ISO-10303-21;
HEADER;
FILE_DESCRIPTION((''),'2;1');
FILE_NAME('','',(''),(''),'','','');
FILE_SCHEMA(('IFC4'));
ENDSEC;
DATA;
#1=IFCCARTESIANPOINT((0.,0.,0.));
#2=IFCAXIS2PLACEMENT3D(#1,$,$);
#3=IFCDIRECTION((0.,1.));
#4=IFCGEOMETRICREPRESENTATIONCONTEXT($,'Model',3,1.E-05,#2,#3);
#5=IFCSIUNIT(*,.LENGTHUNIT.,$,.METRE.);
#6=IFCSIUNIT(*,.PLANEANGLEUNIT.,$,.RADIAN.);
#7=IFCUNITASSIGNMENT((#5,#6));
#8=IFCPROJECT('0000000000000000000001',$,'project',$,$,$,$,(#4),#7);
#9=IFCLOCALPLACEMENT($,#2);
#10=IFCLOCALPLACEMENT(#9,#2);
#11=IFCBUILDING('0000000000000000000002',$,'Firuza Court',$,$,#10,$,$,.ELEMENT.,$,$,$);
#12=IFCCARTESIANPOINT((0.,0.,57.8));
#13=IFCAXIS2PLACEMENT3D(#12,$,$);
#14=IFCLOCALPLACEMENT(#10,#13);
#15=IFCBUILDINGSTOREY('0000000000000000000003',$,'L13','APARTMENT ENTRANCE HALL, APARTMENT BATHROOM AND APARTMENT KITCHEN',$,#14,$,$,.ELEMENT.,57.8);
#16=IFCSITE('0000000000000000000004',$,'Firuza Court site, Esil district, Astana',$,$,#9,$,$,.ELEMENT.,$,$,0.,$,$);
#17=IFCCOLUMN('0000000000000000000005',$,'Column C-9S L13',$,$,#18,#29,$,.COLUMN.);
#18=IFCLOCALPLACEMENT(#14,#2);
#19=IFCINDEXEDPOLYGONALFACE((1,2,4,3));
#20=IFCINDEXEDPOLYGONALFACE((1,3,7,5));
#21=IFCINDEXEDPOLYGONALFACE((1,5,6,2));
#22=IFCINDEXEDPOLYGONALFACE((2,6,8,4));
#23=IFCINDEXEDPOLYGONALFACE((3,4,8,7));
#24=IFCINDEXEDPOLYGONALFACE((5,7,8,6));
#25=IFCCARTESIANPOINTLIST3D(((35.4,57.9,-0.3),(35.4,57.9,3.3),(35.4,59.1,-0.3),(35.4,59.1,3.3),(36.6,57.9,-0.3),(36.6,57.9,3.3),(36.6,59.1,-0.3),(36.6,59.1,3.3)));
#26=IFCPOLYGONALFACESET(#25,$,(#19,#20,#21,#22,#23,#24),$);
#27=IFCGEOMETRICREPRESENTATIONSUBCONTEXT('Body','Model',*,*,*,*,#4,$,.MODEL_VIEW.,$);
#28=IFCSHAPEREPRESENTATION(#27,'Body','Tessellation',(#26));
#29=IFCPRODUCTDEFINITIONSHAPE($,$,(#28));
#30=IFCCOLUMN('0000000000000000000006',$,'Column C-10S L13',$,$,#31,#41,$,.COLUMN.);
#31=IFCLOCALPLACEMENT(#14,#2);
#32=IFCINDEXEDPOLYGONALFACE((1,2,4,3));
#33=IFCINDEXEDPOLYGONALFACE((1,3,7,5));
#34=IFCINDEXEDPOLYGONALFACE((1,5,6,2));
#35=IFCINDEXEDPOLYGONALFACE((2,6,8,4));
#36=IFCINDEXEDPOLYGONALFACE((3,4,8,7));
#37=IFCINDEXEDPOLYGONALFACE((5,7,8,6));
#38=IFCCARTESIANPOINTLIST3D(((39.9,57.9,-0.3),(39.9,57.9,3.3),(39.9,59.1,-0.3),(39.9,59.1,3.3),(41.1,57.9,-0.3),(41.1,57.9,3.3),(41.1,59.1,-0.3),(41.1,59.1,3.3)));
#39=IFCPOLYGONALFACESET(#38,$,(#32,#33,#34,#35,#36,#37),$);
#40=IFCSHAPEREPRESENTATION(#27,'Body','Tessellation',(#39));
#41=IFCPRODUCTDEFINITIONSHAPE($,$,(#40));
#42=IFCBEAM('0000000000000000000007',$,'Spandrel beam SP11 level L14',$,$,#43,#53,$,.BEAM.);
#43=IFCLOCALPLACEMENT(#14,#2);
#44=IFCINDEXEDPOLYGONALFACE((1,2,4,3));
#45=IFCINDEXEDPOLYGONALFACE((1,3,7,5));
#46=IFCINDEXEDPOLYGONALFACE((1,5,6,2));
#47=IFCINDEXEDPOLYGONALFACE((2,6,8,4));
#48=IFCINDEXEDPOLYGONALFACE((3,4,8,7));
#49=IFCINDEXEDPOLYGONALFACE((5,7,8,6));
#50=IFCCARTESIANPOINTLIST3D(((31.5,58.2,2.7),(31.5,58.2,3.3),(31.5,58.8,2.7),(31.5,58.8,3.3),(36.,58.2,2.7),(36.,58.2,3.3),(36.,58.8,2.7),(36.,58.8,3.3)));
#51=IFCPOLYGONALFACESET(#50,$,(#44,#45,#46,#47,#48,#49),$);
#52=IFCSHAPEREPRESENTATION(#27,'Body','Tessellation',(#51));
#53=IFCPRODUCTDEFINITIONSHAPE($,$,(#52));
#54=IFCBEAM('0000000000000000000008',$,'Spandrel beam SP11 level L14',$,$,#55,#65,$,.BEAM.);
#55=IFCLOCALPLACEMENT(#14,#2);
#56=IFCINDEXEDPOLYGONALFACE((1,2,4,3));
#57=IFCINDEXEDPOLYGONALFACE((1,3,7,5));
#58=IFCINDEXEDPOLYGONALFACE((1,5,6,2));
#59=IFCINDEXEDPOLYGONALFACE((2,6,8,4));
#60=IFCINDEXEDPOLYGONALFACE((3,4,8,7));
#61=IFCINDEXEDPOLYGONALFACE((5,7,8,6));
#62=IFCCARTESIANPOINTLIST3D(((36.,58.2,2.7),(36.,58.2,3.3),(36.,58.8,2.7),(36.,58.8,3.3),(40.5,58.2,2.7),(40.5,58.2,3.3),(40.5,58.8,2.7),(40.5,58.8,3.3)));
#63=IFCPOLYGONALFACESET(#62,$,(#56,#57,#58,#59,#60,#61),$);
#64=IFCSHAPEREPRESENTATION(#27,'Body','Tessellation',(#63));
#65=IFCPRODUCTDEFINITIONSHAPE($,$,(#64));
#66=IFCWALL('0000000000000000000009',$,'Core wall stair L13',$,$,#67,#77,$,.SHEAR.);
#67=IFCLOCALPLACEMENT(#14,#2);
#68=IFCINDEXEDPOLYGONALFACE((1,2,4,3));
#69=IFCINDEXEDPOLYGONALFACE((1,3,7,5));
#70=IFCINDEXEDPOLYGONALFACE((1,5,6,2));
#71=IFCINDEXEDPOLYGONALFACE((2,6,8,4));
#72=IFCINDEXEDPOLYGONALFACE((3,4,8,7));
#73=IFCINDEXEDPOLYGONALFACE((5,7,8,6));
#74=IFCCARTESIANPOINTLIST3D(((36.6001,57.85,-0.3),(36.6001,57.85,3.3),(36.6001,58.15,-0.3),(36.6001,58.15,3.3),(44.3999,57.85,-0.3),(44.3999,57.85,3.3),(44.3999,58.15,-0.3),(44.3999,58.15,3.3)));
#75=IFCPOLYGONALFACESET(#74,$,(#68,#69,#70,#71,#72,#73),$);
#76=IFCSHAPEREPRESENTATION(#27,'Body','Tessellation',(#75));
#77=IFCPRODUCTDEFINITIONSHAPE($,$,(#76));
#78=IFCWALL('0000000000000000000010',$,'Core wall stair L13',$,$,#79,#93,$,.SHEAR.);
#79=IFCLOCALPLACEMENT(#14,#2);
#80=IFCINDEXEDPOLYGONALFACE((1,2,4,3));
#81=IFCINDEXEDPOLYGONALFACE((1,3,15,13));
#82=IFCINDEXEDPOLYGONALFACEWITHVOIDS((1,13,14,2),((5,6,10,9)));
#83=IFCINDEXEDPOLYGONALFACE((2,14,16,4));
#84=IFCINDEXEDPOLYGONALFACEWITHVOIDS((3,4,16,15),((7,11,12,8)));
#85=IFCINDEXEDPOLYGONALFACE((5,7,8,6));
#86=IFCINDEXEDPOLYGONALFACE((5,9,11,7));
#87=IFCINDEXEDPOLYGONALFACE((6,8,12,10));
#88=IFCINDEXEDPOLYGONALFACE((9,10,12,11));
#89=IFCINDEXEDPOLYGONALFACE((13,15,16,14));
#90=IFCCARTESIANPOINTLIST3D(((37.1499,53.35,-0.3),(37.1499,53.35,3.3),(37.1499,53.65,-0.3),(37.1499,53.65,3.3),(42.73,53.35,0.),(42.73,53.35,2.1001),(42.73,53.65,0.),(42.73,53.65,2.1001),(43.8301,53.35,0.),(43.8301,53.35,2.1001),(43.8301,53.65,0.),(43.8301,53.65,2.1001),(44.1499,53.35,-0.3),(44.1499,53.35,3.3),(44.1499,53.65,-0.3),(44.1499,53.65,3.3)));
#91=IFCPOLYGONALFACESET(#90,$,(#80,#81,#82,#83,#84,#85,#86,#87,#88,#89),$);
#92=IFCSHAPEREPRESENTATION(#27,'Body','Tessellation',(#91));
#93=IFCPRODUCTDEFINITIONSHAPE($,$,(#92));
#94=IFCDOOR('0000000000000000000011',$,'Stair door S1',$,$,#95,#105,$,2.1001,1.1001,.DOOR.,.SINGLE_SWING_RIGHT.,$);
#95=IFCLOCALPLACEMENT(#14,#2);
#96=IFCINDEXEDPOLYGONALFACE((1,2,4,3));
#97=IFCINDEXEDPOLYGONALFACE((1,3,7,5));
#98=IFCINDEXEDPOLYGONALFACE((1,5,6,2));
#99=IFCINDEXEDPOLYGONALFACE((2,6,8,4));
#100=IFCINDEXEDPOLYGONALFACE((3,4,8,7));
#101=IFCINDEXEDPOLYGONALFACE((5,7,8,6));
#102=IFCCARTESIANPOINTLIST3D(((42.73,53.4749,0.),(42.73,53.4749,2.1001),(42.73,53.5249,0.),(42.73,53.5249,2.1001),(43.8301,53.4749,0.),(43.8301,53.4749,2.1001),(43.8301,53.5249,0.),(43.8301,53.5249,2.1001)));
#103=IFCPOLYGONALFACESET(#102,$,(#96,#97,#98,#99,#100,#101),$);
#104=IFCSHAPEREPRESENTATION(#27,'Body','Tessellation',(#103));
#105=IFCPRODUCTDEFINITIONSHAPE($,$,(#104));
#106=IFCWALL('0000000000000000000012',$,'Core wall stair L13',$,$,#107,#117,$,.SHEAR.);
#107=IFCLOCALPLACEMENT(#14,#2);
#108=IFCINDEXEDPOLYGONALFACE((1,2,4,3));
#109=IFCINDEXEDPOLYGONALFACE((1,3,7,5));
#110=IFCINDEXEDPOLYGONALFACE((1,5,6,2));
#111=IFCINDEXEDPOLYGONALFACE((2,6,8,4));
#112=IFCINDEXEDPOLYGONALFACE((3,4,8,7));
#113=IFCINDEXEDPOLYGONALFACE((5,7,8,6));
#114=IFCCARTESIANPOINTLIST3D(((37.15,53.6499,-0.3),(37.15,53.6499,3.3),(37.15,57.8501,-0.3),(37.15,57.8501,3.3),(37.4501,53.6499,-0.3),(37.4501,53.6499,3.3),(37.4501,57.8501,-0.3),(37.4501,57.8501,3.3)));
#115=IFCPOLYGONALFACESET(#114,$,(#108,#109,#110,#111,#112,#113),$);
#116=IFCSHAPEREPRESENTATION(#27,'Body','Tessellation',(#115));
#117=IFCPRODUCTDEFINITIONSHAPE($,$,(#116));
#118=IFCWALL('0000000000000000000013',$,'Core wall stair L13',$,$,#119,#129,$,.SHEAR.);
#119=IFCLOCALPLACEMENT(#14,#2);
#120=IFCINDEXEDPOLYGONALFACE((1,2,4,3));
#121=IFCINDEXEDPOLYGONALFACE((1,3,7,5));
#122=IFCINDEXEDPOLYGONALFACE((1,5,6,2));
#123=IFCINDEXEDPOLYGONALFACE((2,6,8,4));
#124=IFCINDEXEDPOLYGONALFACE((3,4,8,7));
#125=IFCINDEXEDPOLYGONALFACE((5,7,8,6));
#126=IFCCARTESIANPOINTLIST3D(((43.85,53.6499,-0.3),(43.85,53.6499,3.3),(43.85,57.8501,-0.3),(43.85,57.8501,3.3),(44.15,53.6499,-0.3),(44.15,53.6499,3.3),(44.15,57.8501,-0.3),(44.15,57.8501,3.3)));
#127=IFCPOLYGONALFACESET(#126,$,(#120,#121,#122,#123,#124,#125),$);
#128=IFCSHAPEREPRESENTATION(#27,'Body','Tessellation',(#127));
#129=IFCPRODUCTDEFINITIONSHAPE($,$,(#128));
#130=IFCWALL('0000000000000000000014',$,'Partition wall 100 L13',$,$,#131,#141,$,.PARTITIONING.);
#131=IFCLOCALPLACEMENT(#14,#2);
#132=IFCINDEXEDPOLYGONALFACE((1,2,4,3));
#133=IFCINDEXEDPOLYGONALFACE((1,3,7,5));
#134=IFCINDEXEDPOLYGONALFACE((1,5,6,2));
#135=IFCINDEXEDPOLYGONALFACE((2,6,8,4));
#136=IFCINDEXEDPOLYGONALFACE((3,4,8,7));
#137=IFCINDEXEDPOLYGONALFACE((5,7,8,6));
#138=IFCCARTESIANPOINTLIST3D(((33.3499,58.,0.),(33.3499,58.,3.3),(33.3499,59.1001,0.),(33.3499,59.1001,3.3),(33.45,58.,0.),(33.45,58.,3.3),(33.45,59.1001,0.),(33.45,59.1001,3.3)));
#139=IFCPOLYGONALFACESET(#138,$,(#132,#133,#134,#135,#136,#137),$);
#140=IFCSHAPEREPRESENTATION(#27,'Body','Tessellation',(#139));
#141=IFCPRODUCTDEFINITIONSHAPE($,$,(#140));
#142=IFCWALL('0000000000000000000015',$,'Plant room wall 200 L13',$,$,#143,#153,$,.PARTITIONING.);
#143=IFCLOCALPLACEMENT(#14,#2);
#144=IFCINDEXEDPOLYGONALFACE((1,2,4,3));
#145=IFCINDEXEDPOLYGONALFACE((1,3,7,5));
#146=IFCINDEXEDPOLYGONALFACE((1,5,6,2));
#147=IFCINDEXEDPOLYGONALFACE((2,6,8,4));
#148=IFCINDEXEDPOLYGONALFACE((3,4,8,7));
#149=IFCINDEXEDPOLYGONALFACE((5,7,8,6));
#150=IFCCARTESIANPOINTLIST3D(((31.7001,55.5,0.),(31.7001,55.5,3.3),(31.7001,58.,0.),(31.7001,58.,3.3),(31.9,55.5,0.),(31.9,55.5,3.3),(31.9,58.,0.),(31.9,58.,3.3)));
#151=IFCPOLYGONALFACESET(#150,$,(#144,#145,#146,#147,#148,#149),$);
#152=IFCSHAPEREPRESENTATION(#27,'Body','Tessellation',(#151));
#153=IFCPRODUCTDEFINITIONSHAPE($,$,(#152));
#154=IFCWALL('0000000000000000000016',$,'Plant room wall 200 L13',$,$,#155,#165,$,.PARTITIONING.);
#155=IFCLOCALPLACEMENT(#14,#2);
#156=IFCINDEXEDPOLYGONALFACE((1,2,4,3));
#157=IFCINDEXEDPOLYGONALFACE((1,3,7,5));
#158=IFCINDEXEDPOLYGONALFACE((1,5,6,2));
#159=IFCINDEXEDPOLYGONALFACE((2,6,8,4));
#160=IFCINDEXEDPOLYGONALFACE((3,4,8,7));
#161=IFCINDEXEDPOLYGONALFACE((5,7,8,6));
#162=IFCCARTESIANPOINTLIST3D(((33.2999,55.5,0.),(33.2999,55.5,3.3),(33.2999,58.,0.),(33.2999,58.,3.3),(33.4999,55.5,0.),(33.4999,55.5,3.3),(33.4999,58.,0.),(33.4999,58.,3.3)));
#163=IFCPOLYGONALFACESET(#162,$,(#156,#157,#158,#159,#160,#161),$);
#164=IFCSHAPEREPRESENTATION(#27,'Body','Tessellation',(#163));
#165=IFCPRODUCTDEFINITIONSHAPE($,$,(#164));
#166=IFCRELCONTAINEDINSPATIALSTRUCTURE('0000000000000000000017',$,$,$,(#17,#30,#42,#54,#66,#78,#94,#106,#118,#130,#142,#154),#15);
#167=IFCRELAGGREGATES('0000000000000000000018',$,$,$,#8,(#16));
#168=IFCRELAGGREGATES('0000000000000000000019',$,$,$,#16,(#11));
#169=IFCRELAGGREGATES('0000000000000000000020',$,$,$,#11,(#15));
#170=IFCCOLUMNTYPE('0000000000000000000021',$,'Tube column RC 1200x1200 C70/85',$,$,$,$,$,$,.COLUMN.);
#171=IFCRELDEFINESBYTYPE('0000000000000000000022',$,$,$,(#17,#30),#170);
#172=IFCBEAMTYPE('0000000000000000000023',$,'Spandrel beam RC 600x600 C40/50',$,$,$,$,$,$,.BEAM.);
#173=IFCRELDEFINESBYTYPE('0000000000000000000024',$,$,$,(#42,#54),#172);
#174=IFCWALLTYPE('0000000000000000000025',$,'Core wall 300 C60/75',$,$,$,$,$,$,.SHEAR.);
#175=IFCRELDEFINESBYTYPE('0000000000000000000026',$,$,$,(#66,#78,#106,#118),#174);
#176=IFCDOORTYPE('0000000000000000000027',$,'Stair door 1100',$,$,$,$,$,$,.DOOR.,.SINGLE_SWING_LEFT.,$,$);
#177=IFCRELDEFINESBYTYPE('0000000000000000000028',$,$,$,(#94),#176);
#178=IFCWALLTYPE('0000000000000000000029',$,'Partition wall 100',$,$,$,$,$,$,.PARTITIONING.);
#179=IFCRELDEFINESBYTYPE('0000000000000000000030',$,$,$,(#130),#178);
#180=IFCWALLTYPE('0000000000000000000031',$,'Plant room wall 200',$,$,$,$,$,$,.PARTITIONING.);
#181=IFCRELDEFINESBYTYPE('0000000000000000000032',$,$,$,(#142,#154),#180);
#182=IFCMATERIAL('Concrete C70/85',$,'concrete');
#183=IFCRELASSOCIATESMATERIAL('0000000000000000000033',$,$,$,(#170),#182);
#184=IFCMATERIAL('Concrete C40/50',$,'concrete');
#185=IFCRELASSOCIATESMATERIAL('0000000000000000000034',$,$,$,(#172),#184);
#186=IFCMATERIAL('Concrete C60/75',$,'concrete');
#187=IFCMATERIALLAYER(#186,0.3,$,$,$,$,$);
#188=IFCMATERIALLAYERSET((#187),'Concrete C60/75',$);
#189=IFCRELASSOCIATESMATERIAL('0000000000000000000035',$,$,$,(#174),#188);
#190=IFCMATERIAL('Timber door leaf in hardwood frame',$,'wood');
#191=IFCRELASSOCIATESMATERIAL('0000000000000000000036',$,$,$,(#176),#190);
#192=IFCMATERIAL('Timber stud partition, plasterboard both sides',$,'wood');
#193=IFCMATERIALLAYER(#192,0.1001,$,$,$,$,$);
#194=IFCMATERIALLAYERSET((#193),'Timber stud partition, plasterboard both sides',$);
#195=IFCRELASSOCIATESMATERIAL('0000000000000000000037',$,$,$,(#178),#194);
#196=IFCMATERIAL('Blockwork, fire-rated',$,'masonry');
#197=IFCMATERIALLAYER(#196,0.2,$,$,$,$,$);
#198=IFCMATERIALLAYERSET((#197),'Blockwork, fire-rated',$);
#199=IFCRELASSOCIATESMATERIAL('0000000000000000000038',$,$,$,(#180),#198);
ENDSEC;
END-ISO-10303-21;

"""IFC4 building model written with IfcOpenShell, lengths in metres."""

from ifc_helpers import new_model, si_unit, direction, frame, frame_2d, origin, origin_2d, place, context, subcontext, project, spatial, rectangle, extrude, material, layer, layer_set, material_profile, profile_set, type_object, element, fill, save


model = new_model("IFC4")

# Units and contexts
model_context = context("Model", 3, precision=1e-05, world=origin(), true_north=direction((0.0, 1.0)))
body_context = subcontext(model_context, "Body", "Model", "MODEL_VIEW")
ifc_project = project(units=[si_unit("LENGTHUNIT", "METRE"), si_unit("PLANEANGLEUNIT", "RADIAN")], contexts=[model_context])

# Site, building, storey
site_placement = place(None, origin())
site = spatial("IfcSite", under=ifc_project, at=site_placement, Name="Firuza Court site, Esil district, Astana", CompositionType="ELEMENT", RefElevation=0.0)
building_placement = place(site_placement, origin())
building = spatial("IfcBuilding", under=site, at=building_placement, Name="Firuza Court", CompositionType="ELEMENT")
storey_placement = place(building_placement, frame((0.0, 0.0, 57.8)))
storey = spatial("IfcBuildingStorey", under=building, at=storey_placement, Name="L13", Description="APARTMENT ENTRANCE HALL, APARTMENT BATHROOM AND APARTMENT KITCHEN", CompositionType="ELEMENT", Elevation=57.8)

# Columns
ifc_material_1 = material(Name="Concrete C70/85", Category="concrete")
ifc_material_profile_1 = material_profile(ifc_material_1, rectangle(XDim=1.2, YDim=1.2, at=origin_2d()), Name="RC 1200x1200")
ifc_profile_set_1 = profile_set([ifc_material_profile_1], Name="Concrete C70/85")
column_type = type_object("IfcColumnType", Name="Tube column RC 1200x1200 C70/85", PredefinedType="COLUMN", material=ifc_profile_set_1)
for number, where, z_axis, x_axis, name in (
    (1, (36.0, 58.5, -0.3), (0.0, 0.0, 1.0), (1.0, 0.0, 0.0), "Column C-9S L13"),
    (2, (40.5, 58.5, -0.3), (0.0, 0.0, 1.0), (1.0, 0.0, 0.0), "Column C-10S L13"),
):
    element("IfcColumn", number, at=place(storey_placement, frame(where, z_axis=z_axis, x_axis=x_axis)), inside=storey, type_object=column_type, Name=name, PredefinedType="COLUMN", context=body_context, shape_type="SweptSolid", body=[
        extrude(rectangle(XDim=1.2, YDim=1.2, at=origin_2d()), origin(), (0.0, 0.0, 1.0), 3.6001),
    ])

# Beams
ifc_material_2 = material(Name="Concrete C40/50", Category="concrete")
ifc_material_profile_2 = material_profile(ifc_material_2, rectangle(XDim=0.6001, YDim=0.6001, at=origin_2d()), Name="RC 600x600")
ifc_profile_set_2 = profile_set([ifc_material_profile_2], Name="Concrete C40/50")
beam_type = type_object("IfcBeamType", Name="Spandrel beam RC 600x600 C40/50", PredefinedType="BEAM", material=ifc_profile_set_2)
for number, where, z_axis, x_axis, name in (
    (3, (36.0, 58.5, 3.0), (-1.0, 0.0, 0.0), (0.0, -1.0, 0.0), "Spandrel beam SP11 level L14"),
    (4, (40.5, 58.5, 3.0), (-1.0, 0.0, 0.0), (0.0, -1.0, 0.0), "Spandrel beam SP11 level L14"),
):
    element("IfcBeam", number, at=place(storey_placement, frame(where, z_axis=z_axis, x_axis=x_axis)), inside=storey, type_object=beam_type, Name=name, PredefinedType="BEAM", context=body_context, shape_type="SweptSolid", body=[
        extrude(rectangle(XDim=0.6001, YDim=0.6001, at=origin_2d()), origin(), (0.0, 0.0, 1.0), 4.5),
    ])

# Wall
ifc_material_3 = material(Name="Concrete C60/75", Category="concrete")
ifc_layer_1 = layer(ifc_material_3, 0.3)
ifc_layer_set_1 = layer_set([ifc_layer_1], Name="Concrete C60/75")
wall_type_1 = type_object("IfcWallType", Name="Core wall 300 C60/75", PredefinedType="SHEAR", material=ifc_layer_set_1)
wall_1_placement = place(storey_placement, frame((36.6001, 58.0, -0.3), z_axis=(0.0, 0.0, 1.0), x_axis=(1.0, 0.0, 0.0)))
element("IfcWall", 5, at=wall_1_placement, inside=storey, type_object=wall_type_1, Name="Core wall stair L13", PredefinedType="SHEAR", context=body_context, shape_type="SweptSolid", body=[
    extrude(rectangle(XDim=7.7998, YDim=0.3, at=frame_2d((3.8999, 0.0))), origin(), (0.0, 0.0, 1.0), 3.6001),
])

# Wall, opening, door
wall_2_placement = place(storey_placement, frame((37.1499, 53.5, -0.3), z_axis=(0.0, 0.0, 1.0), x_axis=(1.0, 0.0, 0.0)))
wall_2 = element("IfcWall", 6, at=wall_2_placement, inside=storey, type_object=wall_type_1, Name="Core wall stair L13", PredefinedType="SHEAR", context=body_context, shape_type="SweptSolid", body=[
    extrude(rectangle(XDim=7.0, YDim=0.3, at=frame_2d((3.5, 0.0))), origin(), (0.0, 0.0, 1.0), 3.6001),
])
opening_1_placement = place(wall_2_placement, frame((5.5801, 0.0, 0.3)))
opening_1 = element("IfcOpeningElement", 7, at=opening_1_placement, cuts=wall_2, PredefinedType="OPENING", context=body_context, shape_type="SweptSolid", body=[
    extrude(rectangle(XDim=1.1001, YDim=2.1001, at=frame_2d((0.55, 1.05))), frame((0.0, 0.1621, 0.0), z_axis=(0.0, -1.0, 0.0), x_axis=(1.0, 0.0, 0.0)), (0.0, 0.0, 1.0), 0.324),
])
ifc_material_4 = material(Name="Timber door leaf in hardwood frame", Category="wood")
door_type_1 = type_object("IfcDoorType", Name="Stair door 1100", OperationType="SINGLE_SWING_LEFT", PredefinedType="DOOR", material=ifc_material_4)
door_1_placement = place(opening_1_placement, origin())
door_1 = element("IfcDoor", 8, at=door_1_placement, inside=storey, type_object=door_type_1, Name="Stair door S1", OperationType="SINGLE_SWING_RIGHT", OverallHeight=2.1001, OverallWidth=1.1001, PredefinedType="DOOR", context=body_context, shape_type="SweptSolid", body=[
    extrude(rectangle(XDim=1.1001, YDim=2.1001, at=frame_2d((0.55, 1.05))), frame((0.0, 0.0249, 0.0), z_axis=(0.0, -1.0, 0.0), x_axis=(1.0, 0.0, 0.0)), (0.0, 0.0, 1.0), 0.05),
])
fill(opening_1, door_1)

# Walls
for number, where, z_axis, x_axis, name in (
    (9, (37.3, 53.6499, -0.3), (0.0, 0.0, 1.0), (0.0, 1.0, 0.0), "Core wall stair L13"),
    (10, (44.0, 53.6499, -0.3), (0.0, 0.0, 1.0), (0.0, 1.0, 0.0), "Core wall stair L13"),
):
    element("IfcWall", number, at=place(storey_placement, frame(where, z_axis=z_axis, x_axis=x_axis)), inside=storey, type_object=wall_type_1, Name=name, PredefinedType="SHEAR", context=body_context, shape_type="SweptSolid", body=[
        extrude(rectangle(XDim=4.2002, YDim=0.3, at=frame_2d((2.1001, 0.0))), origin(), (0.0, 0.0, 1.0), 3.6001),
    ])
ifc_material_5 = material(Name="Timber stud partition, plasterboard both sides", Category="wood")
ifc_layer_2 = layer(ifc_material_5, 0.1001)
ifc_layer_set_2 = layer_set([ifc_layer_2], Name="Timber stud partition, plasterboard both sides")
wall_type_2 = type_object("IfcWallType", Name="Partition wall 100", PredefinedType="PARTITIONING", material=ifc_layer_set_2)
wall_3_placement = place(storey_placement, frame((33.3999, 58.0, 0.0), z_axis=(0.0, 0.0, 1.0), x_axis=(0.0, 1.0, 0.0)))
element("IfcWall", 11, at=wall_3_placement, inside=storey, type_object=wall_type_2, Name="Partition wall 100 L13", PredefinedType="PARTITIONING", context=body_context, shape_type="SweptSolid", body=[
    extrude(rectangle(XDim=1.1001, YDim=0.1001, at=frame_2d((0.55, 0.0))), origin(), (0.0, 0.0, 1.0), 3.3),
])
ifc_material_6 = material(Name="Blockwork, fire-rated", Category="masonry")
ifc_layer_3 = layer(ifc_material_6, 0.2)
ifc_layer_set_3 = layer_set([ifc_layer_3], Name="Blockwork, fire-rated")
wall_type_3 = type_object("IfcWallType", Name="Plant room wall 200", PredefinedType="PARTITIONING", material=ifc_layer_set_3)
for number, where, z_axis, x_axis, name in (
    (12, (31.8, 55.5, 0.0), (0.0, 0.0, 1.0), (0.0, 1.0, 0.0), "Plant room wall 200 L13"),
    (13, (33.3999, 55.5, 0.0), (0.0, 0.0, 1.0), (0.0, 1.0, 0.0), "Plant room wall 200 L13"),
):
    element("IfcWall", number, at=place(storey_placement, frame(where, z_axis=z_axis, x_axis=x_axis)), inside=storey, type_object=wall_type_3, Name=name, PredefinedType="PARTITIONING", context=body_context, shape_type="SweptSolid", body=[
        extrude(rectangle(XDim=2.5, YDim=0.2, at=frame_2d((1.25, 0.0))), origin(), (0.0, 0.0, 1.0), 3.3),
    ])

save(model, "model.ifc")
